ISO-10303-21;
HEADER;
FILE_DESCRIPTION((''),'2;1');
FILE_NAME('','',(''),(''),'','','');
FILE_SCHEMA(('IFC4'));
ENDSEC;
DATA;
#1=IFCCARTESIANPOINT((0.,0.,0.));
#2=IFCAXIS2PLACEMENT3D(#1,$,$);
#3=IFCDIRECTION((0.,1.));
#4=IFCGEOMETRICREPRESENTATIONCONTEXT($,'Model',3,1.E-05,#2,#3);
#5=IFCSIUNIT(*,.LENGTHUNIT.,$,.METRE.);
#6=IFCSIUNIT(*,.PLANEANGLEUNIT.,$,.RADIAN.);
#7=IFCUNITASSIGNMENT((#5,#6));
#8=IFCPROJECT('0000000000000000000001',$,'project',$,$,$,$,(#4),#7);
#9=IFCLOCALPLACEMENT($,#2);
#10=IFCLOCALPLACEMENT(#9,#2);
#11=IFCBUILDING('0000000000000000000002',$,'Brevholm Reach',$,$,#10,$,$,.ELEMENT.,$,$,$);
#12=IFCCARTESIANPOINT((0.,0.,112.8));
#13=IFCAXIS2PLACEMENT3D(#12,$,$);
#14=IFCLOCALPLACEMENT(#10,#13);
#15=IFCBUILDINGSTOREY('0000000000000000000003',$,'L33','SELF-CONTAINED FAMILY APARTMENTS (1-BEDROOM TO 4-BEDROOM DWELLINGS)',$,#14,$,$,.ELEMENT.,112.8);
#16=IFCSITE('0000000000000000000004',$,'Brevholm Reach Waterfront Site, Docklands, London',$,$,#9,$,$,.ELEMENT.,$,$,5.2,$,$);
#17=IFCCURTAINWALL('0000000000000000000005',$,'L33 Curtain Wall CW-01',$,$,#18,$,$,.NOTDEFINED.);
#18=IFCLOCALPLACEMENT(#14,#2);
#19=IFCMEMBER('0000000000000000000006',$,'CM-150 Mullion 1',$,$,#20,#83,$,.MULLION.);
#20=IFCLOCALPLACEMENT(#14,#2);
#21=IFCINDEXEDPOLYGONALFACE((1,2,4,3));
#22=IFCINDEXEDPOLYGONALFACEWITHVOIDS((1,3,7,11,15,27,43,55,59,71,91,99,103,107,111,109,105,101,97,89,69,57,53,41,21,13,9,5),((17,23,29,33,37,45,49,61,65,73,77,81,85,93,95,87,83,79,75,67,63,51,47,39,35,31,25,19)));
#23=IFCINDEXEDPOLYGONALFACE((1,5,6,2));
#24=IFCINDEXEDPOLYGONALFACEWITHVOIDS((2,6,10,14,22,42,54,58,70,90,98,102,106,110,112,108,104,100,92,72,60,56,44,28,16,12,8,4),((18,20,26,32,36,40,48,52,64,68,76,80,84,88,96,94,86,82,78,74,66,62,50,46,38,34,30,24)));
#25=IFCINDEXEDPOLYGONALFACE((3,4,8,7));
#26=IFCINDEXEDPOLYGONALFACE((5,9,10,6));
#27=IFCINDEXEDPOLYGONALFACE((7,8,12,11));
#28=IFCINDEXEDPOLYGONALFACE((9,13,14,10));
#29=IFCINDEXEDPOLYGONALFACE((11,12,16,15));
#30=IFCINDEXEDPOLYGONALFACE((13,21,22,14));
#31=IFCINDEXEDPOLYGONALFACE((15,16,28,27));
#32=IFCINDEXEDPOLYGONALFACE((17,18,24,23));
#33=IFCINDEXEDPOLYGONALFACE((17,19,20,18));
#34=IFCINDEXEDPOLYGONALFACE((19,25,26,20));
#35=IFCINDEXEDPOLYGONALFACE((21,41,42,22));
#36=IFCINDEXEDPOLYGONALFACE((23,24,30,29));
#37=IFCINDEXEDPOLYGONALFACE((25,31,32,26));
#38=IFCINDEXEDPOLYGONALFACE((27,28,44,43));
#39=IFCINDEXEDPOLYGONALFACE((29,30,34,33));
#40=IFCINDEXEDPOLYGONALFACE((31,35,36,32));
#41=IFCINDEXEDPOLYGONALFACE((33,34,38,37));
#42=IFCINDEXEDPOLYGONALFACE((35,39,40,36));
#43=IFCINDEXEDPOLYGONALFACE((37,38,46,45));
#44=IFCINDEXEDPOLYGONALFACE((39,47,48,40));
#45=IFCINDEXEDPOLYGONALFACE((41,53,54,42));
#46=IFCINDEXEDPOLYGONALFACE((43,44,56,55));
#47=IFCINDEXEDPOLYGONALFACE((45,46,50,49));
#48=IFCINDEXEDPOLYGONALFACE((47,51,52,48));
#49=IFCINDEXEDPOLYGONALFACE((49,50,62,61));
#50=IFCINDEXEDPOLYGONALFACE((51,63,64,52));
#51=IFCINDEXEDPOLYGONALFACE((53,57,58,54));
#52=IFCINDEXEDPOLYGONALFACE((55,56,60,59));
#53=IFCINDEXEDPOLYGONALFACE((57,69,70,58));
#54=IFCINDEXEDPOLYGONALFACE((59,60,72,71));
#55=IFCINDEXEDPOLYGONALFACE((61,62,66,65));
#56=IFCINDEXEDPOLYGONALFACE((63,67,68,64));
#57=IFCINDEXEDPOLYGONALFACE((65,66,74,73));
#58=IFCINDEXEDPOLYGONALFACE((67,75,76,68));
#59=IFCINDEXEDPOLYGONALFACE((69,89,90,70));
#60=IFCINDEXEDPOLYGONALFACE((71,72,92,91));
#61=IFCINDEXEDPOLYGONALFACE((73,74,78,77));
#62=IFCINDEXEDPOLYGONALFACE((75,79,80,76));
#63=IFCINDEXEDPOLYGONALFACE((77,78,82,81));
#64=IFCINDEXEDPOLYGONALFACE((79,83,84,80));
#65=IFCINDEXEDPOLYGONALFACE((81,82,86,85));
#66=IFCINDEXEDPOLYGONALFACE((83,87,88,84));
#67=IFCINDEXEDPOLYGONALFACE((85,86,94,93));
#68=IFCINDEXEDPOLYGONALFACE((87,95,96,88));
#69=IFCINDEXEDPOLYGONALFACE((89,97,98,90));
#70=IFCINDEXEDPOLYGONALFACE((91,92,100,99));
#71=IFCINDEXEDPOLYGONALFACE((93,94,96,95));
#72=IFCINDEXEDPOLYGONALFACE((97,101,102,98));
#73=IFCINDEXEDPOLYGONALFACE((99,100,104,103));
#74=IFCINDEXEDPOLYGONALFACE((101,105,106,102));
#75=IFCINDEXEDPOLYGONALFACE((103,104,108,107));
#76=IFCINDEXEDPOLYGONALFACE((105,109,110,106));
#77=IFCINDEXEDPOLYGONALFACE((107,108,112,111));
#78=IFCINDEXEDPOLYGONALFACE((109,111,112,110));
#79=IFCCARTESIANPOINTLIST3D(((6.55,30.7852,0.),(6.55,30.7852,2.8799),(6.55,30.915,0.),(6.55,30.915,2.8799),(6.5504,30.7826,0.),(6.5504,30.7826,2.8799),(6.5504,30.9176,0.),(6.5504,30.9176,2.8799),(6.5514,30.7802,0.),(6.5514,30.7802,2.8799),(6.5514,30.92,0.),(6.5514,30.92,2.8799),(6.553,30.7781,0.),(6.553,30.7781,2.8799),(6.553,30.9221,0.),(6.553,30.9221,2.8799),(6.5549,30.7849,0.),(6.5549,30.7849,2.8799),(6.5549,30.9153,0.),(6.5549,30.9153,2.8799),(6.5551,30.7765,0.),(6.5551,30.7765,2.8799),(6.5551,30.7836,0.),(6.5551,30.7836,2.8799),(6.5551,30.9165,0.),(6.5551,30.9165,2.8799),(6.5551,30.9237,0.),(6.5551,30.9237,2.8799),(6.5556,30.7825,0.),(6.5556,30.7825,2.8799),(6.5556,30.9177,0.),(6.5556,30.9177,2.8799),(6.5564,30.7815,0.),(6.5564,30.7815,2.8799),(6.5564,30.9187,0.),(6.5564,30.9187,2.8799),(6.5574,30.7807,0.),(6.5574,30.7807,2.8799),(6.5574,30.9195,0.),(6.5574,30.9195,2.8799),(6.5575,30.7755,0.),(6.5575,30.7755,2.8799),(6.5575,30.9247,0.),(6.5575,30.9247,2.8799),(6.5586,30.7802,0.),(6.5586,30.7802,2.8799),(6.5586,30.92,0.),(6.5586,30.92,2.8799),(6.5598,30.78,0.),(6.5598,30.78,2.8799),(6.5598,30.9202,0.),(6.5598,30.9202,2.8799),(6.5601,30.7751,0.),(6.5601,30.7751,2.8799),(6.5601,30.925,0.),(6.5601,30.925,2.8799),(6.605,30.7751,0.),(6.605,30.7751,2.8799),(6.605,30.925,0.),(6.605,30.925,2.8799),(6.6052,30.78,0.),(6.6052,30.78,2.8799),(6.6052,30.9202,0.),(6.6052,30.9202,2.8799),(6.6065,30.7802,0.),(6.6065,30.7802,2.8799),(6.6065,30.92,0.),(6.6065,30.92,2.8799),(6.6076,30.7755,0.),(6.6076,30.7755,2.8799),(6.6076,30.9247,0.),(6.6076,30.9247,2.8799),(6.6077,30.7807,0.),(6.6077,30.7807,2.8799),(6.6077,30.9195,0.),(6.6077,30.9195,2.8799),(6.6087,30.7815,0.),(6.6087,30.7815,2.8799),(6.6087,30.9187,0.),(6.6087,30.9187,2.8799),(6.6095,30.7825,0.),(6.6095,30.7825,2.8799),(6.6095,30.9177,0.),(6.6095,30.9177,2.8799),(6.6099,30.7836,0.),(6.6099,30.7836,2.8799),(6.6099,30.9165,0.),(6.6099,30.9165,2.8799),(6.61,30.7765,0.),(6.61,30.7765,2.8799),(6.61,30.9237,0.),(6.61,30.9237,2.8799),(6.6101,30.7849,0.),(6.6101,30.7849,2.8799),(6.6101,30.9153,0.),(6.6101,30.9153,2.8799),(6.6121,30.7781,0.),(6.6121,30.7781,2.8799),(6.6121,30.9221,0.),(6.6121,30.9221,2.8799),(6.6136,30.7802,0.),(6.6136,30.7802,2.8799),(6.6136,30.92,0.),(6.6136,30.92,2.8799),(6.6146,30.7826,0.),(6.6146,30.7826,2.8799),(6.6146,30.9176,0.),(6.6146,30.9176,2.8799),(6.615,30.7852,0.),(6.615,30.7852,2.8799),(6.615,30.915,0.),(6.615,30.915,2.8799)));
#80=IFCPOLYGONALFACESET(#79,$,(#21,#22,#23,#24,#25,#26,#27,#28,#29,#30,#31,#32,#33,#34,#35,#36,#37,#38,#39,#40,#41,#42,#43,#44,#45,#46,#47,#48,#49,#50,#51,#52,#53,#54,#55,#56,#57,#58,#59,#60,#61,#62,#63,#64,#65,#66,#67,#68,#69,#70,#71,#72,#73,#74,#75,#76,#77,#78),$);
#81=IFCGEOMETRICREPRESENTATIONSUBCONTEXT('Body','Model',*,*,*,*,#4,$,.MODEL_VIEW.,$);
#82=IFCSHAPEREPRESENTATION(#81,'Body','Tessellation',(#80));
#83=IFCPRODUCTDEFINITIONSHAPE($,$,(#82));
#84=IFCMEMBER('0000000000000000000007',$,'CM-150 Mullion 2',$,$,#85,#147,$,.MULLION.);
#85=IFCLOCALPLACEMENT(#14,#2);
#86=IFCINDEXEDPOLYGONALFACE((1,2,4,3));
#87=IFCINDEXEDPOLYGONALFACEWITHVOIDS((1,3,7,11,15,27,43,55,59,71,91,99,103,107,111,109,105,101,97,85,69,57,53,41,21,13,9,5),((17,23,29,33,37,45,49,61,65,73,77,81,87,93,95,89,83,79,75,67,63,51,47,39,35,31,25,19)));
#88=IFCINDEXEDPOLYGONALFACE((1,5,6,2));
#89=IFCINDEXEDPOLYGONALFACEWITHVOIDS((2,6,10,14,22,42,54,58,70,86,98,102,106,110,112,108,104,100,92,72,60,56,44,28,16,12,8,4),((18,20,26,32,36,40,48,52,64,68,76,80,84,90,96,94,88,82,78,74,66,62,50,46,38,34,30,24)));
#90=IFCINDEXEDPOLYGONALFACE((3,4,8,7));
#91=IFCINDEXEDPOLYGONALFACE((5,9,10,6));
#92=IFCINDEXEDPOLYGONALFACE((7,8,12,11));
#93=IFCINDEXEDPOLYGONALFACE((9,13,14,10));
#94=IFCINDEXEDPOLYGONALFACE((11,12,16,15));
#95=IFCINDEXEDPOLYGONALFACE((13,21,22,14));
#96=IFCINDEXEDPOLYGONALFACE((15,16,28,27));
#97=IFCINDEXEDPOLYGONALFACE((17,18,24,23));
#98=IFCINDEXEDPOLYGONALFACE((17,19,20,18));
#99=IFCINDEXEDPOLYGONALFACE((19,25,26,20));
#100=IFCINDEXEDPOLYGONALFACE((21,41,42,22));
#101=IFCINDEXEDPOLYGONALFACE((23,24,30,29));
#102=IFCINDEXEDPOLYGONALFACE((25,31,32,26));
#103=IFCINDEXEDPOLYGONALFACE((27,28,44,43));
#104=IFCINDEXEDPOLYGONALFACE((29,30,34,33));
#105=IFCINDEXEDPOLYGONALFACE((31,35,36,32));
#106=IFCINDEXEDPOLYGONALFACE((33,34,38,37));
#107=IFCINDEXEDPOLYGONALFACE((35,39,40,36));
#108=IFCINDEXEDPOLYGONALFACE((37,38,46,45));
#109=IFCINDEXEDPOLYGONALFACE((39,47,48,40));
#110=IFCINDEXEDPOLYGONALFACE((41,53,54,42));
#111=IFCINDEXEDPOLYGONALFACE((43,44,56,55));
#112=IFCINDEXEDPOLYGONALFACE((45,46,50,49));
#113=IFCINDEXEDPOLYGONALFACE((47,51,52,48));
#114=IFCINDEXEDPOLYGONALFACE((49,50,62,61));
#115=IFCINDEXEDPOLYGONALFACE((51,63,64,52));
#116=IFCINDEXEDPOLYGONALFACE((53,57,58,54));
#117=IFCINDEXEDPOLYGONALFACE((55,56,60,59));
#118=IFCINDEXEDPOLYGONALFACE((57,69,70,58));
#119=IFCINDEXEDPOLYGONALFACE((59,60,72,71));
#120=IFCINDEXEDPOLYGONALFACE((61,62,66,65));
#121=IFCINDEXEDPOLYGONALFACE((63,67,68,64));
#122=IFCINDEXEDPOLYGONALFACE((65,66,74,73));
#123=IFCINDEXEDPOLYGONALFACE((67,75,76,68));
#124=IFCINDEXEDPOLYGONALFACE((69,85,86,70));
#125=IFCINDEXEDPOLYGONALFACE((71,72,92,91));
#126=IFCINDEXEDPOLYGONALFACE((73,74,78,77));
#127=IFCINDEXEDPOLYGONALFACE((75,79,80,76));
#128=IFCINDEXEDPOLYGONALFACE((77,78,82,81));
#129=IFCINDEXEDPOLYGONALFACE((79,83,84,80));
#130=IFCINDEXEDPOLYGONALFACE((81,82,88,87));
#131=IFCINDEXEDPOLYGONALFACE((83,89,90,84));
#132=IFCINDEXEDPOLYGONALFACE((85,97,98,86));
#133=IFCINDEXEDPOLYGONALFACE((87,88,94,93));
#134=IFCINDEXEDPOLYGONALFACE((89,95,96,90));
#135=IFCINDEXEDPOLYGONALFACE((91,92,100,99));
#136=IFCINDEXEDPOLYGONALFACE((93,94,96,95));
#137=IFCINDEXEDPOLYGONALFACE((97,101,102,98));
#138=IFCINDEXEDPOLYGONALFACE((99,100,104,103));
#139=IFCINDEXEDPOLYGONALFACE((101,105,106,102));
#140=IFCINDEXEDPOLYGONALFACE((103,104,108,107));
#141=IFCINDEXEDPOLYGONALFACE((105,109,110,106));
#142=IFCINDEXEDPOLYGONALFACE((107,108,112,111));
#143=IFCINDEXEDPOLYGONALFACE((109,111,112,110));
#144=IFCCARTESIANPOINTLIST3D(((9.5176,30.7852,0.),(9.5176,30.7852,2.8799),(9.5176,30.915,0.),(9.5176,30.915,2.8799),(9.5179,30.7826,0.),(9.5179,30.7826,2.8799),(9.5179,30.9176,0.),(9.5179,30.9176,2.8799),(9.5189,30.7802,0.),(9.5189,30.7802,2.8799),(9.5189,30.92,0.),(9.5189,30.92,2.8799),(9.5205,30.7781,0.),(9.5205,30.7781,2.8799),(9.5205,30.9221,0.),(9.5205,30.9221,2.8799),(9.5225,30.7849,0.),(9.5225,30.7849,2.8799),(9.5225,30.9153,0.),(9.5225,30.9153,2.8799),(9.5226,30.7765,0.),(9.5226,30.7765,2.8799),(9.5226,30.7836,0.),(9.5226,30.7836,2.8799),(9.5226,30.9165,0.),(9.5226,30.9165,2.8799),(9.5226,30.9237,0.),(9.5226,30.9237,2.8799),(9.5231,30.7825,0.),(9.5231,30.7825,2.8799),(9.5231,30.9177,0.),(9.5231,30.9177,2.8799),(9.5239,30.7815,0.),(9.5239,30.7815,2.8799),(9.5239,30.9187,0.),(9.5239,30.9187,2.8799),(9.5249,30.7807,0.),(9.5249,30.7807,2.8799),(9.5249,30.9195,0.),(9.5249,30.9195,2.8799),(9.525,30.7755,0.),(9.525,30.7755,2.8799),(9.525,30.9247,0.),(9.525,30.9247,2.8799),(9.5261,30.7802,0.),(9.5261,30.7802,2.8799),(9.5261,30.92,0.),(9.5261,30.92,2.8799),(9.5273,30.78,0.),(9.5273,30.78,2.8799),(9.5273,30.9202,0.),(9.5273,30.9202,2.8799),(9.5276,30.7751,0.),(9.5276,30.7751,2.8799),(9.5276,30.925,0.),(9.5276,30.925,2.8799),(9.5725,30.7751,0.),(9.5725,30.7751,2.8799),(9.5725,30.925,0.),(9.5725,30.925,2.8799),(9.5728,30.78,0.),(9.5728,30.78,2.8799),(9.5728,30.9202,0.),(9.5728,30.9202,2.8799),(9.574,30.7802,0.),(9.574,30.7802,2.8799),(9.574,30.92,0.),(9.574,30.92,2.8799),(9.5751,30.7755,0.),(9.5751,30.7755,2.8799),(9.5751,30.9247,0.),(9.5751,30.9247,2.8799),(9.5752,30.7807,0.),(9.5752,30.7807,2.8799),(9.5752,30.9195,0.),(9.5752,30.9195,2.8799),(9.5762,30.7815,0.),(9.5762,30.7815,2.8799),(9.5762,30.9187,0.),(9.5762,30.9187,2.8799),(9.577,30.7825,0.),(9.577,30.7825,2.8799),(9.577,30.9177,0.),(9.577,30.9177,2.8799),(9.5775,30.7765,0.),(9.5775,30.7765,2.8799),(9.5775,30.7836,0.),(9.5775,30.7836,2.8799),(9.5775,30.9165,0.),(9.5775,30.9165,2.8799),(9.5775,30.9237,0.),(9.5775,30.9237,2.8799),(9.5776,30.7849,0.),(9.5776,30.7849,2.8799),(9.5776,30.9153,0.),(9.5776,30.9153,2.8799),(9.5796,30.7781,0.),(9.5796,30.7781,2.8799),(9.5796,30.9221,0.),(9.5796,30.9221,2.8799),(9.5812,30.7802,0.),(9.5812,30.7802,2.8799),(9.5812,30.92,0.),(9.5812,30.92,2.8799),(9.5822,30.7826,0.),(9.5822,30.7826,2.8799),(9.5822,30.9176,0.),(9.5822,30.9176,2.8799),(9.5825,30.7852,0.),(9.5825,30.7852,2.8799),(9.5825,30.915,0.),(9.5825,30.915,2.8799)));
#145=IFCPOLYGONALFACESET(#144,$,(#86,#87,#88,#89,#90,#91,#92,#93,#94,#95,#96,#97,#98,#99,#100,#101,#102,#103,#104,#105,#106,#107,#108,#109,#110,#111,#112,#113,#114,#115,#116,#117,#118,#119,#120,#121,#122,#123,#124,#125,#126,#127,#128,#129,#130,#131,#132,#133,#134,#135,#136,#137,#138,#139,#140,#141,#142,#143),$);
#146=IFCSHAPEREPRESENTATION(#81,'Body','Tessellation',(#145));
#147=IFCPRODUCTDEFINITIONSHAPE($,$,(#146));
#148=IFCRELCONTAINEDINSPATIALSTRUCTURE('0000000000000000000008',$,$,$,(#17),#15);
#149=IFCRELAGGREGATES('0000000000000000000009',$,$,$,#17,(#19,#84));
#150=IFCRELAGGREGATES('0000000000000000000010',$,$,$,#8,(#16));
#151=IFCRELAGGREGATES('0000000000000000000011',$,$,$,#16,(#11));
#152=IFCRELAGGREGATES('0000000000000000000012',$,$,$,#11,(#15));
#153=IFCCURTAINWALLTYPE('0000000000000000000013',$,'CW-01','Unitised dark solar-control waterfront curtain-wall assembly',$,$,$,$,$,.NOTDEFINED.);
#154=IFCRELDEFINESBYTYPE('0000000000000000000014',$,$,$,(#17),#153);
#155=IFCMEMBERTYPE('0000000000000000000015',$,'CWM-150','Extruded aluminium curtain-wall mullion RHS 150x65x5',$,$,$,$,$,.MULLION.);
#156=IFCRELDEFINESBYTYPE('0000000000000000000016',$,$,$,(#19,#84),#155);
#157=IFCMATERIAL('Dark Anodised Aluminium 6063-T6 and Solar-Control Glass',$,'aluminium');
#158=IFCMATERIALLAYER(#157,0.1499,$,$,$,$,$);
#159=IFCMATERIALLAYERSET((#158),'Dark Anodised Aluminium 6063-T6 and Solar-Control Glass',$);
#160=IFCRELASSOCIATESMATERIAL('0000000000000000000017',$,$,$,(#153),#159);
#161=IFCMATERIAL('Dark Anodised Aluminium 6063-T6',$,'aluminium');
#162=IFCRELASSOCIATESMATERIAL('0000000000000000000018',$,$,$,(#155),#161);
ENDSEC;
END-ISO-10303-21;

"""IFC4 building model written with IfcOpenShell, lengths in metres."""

from ifc_helpers import new_model, si_unit, direction, frame, origin, origin_2d, place, context, subcontext, project, spatial, hollow_rectangle, extrude, material, layer, layer_set, material_profile, profile_set, type_object, element, aggregate, save


model = new_model("IFC4")

# Units and contexts
model_context = context("Model", 3, precision=1e-05, world=origin(), true_north=direction((0.0, 1.0)))
body_context = subcontext(model_context, "Body", "Model", "MODEL_VIEW")
ifc_project = project(units=[si_unit("LENGTHUNIT", "METRE"), si_unit("PLANEANGLEUNIT", "RADIAN")], contexts=[model_context])

# Site, building, storey
site_placement = place(None, origin())
site = spatial("IfcSite", under=ifc_project, at=site_placement, Name="Brevholm Reach Waterfront Site, Docklands, London", CompositionType="ELEMENT", RefElevation=5.2)
building_placement = place(site_placement, origin())
building = spatial("IfcBuilding", under=site, at=building_placement, Name="Brevholm Reach", CompositionType="ELEMENT")
storey_placement = place(building_placement, frame((0.0, 0.0, 112.8)))
storey = spatial("IfcBuildingStorey", under=building, at=storey_placement, Name="L33", Description="SELF-CONTAINED FAMILY APARTMENTS (1-BEDROOM TO 4-BEDROOM DWELLINGS)", CompositionType="ELEMENT", Elevation=112.8)

# Curtain wall, members
ifc_material_1 = material(Name="Dark Anodised Aluminium 6063-T6 and Solar-Control Glass", Category="aluminium")
ifc_layer_1 = layer(ifc_material_1, 0.1499)
ifc_layer_set_1 = layer_set([ifc_layer_1], Name="Dark Anodised Aluminium 6063-T6 and Solar-Control Glass")
curtain_wall_type = type_object("IfcCurtainWallType", Name="CW-01", Description="Unitised dark solar-control waterfront curtain-wall assembly", PredefinedType="NOTDEFINED", material=ifc_layer_set_1)
curtain_wall_placement = place(storey_placement, origin())
curtain_wall = element("IfcCurtainWall", 1, at=curtain_wall_placement, inside=storey, type_object=curtain_wall_type, Name="L33 Curtain Wall CW-01", PredefinedType="NOTDEFINED")
ifc_material_2 = material(Name="Dark Anodised Aluminium 6063-T6", Category="aluminium")
ifc_material_profile_1 = material_profile(ifc_material_2, hollow_rectangle(XDim=0.0649, YDim=0.1499, WallThickness=0.0049, InnerFilletRadius=0.0049, OuterFilletRadius=0.01, at=origin_2d()), Name="RHS 150x65x5")
ifc_profile_set_1 = profile_set([ifc_material_profile_1], Name="Dark Anodised Aluminium 6063-T6")
member_type_1 = type_object("IfcMemberType", Name="CWM-150", Description="Extruded aluminium curtain-wall mullion RHS 150x65x5", PredefinedType="MULLION", material=ifc_profile_set_1)
member_1_placement = place(storey_placement, frame((6.5825, 30.8501, 0.0), z_axis=(0.0, 0.0, 1.0), x_axis=(1.0, 0.0, 0.0)))
member_1 = element("IfcMember", 2, at=member_1_placement, type_object=member_type_1, Name="CM-150 Mullion 1", PredefinedType="MULLION", context=body_context, shape_type="SweptSolid", body=[
    extrude(hollow_rectangle(XDim=0.0649, YDim=0.1499, WallThickness=0.0049, InnerFilletRadius=0.0049, OuterFilletRadius=0.01, at=origin_2d()), origin(), (0.0, 0.0, 1.0), 2.8799),
])
member_2_placement = place(storey_placement, frame((9.55, 30.8501, 0.0), z_axis=(0.0, 0.0, 1.0), x_axis=(1.0, 0.0, 0.0)))
member_2 = element("IfcMember", 3, at=member_2_placement, type_object=member_type_1, Name="CM-150 Mullion 2", PredefinedType="MULLION", context=body_context, shape_type="SweptSolid", body=[
    extrude(hollow_rectangle(XDim=0.0649, YDim=0.1499, WallThickness=0.0049, InnerFilletRadius=0.0049, OuterFilletRadius=0.01, at=origin_2d()), origin(), (0.0, 0.0, 1.0), 2.8799),
])
aggregate(curtain_wall, [member_1, member_2])

save(model, "model.ifc")
